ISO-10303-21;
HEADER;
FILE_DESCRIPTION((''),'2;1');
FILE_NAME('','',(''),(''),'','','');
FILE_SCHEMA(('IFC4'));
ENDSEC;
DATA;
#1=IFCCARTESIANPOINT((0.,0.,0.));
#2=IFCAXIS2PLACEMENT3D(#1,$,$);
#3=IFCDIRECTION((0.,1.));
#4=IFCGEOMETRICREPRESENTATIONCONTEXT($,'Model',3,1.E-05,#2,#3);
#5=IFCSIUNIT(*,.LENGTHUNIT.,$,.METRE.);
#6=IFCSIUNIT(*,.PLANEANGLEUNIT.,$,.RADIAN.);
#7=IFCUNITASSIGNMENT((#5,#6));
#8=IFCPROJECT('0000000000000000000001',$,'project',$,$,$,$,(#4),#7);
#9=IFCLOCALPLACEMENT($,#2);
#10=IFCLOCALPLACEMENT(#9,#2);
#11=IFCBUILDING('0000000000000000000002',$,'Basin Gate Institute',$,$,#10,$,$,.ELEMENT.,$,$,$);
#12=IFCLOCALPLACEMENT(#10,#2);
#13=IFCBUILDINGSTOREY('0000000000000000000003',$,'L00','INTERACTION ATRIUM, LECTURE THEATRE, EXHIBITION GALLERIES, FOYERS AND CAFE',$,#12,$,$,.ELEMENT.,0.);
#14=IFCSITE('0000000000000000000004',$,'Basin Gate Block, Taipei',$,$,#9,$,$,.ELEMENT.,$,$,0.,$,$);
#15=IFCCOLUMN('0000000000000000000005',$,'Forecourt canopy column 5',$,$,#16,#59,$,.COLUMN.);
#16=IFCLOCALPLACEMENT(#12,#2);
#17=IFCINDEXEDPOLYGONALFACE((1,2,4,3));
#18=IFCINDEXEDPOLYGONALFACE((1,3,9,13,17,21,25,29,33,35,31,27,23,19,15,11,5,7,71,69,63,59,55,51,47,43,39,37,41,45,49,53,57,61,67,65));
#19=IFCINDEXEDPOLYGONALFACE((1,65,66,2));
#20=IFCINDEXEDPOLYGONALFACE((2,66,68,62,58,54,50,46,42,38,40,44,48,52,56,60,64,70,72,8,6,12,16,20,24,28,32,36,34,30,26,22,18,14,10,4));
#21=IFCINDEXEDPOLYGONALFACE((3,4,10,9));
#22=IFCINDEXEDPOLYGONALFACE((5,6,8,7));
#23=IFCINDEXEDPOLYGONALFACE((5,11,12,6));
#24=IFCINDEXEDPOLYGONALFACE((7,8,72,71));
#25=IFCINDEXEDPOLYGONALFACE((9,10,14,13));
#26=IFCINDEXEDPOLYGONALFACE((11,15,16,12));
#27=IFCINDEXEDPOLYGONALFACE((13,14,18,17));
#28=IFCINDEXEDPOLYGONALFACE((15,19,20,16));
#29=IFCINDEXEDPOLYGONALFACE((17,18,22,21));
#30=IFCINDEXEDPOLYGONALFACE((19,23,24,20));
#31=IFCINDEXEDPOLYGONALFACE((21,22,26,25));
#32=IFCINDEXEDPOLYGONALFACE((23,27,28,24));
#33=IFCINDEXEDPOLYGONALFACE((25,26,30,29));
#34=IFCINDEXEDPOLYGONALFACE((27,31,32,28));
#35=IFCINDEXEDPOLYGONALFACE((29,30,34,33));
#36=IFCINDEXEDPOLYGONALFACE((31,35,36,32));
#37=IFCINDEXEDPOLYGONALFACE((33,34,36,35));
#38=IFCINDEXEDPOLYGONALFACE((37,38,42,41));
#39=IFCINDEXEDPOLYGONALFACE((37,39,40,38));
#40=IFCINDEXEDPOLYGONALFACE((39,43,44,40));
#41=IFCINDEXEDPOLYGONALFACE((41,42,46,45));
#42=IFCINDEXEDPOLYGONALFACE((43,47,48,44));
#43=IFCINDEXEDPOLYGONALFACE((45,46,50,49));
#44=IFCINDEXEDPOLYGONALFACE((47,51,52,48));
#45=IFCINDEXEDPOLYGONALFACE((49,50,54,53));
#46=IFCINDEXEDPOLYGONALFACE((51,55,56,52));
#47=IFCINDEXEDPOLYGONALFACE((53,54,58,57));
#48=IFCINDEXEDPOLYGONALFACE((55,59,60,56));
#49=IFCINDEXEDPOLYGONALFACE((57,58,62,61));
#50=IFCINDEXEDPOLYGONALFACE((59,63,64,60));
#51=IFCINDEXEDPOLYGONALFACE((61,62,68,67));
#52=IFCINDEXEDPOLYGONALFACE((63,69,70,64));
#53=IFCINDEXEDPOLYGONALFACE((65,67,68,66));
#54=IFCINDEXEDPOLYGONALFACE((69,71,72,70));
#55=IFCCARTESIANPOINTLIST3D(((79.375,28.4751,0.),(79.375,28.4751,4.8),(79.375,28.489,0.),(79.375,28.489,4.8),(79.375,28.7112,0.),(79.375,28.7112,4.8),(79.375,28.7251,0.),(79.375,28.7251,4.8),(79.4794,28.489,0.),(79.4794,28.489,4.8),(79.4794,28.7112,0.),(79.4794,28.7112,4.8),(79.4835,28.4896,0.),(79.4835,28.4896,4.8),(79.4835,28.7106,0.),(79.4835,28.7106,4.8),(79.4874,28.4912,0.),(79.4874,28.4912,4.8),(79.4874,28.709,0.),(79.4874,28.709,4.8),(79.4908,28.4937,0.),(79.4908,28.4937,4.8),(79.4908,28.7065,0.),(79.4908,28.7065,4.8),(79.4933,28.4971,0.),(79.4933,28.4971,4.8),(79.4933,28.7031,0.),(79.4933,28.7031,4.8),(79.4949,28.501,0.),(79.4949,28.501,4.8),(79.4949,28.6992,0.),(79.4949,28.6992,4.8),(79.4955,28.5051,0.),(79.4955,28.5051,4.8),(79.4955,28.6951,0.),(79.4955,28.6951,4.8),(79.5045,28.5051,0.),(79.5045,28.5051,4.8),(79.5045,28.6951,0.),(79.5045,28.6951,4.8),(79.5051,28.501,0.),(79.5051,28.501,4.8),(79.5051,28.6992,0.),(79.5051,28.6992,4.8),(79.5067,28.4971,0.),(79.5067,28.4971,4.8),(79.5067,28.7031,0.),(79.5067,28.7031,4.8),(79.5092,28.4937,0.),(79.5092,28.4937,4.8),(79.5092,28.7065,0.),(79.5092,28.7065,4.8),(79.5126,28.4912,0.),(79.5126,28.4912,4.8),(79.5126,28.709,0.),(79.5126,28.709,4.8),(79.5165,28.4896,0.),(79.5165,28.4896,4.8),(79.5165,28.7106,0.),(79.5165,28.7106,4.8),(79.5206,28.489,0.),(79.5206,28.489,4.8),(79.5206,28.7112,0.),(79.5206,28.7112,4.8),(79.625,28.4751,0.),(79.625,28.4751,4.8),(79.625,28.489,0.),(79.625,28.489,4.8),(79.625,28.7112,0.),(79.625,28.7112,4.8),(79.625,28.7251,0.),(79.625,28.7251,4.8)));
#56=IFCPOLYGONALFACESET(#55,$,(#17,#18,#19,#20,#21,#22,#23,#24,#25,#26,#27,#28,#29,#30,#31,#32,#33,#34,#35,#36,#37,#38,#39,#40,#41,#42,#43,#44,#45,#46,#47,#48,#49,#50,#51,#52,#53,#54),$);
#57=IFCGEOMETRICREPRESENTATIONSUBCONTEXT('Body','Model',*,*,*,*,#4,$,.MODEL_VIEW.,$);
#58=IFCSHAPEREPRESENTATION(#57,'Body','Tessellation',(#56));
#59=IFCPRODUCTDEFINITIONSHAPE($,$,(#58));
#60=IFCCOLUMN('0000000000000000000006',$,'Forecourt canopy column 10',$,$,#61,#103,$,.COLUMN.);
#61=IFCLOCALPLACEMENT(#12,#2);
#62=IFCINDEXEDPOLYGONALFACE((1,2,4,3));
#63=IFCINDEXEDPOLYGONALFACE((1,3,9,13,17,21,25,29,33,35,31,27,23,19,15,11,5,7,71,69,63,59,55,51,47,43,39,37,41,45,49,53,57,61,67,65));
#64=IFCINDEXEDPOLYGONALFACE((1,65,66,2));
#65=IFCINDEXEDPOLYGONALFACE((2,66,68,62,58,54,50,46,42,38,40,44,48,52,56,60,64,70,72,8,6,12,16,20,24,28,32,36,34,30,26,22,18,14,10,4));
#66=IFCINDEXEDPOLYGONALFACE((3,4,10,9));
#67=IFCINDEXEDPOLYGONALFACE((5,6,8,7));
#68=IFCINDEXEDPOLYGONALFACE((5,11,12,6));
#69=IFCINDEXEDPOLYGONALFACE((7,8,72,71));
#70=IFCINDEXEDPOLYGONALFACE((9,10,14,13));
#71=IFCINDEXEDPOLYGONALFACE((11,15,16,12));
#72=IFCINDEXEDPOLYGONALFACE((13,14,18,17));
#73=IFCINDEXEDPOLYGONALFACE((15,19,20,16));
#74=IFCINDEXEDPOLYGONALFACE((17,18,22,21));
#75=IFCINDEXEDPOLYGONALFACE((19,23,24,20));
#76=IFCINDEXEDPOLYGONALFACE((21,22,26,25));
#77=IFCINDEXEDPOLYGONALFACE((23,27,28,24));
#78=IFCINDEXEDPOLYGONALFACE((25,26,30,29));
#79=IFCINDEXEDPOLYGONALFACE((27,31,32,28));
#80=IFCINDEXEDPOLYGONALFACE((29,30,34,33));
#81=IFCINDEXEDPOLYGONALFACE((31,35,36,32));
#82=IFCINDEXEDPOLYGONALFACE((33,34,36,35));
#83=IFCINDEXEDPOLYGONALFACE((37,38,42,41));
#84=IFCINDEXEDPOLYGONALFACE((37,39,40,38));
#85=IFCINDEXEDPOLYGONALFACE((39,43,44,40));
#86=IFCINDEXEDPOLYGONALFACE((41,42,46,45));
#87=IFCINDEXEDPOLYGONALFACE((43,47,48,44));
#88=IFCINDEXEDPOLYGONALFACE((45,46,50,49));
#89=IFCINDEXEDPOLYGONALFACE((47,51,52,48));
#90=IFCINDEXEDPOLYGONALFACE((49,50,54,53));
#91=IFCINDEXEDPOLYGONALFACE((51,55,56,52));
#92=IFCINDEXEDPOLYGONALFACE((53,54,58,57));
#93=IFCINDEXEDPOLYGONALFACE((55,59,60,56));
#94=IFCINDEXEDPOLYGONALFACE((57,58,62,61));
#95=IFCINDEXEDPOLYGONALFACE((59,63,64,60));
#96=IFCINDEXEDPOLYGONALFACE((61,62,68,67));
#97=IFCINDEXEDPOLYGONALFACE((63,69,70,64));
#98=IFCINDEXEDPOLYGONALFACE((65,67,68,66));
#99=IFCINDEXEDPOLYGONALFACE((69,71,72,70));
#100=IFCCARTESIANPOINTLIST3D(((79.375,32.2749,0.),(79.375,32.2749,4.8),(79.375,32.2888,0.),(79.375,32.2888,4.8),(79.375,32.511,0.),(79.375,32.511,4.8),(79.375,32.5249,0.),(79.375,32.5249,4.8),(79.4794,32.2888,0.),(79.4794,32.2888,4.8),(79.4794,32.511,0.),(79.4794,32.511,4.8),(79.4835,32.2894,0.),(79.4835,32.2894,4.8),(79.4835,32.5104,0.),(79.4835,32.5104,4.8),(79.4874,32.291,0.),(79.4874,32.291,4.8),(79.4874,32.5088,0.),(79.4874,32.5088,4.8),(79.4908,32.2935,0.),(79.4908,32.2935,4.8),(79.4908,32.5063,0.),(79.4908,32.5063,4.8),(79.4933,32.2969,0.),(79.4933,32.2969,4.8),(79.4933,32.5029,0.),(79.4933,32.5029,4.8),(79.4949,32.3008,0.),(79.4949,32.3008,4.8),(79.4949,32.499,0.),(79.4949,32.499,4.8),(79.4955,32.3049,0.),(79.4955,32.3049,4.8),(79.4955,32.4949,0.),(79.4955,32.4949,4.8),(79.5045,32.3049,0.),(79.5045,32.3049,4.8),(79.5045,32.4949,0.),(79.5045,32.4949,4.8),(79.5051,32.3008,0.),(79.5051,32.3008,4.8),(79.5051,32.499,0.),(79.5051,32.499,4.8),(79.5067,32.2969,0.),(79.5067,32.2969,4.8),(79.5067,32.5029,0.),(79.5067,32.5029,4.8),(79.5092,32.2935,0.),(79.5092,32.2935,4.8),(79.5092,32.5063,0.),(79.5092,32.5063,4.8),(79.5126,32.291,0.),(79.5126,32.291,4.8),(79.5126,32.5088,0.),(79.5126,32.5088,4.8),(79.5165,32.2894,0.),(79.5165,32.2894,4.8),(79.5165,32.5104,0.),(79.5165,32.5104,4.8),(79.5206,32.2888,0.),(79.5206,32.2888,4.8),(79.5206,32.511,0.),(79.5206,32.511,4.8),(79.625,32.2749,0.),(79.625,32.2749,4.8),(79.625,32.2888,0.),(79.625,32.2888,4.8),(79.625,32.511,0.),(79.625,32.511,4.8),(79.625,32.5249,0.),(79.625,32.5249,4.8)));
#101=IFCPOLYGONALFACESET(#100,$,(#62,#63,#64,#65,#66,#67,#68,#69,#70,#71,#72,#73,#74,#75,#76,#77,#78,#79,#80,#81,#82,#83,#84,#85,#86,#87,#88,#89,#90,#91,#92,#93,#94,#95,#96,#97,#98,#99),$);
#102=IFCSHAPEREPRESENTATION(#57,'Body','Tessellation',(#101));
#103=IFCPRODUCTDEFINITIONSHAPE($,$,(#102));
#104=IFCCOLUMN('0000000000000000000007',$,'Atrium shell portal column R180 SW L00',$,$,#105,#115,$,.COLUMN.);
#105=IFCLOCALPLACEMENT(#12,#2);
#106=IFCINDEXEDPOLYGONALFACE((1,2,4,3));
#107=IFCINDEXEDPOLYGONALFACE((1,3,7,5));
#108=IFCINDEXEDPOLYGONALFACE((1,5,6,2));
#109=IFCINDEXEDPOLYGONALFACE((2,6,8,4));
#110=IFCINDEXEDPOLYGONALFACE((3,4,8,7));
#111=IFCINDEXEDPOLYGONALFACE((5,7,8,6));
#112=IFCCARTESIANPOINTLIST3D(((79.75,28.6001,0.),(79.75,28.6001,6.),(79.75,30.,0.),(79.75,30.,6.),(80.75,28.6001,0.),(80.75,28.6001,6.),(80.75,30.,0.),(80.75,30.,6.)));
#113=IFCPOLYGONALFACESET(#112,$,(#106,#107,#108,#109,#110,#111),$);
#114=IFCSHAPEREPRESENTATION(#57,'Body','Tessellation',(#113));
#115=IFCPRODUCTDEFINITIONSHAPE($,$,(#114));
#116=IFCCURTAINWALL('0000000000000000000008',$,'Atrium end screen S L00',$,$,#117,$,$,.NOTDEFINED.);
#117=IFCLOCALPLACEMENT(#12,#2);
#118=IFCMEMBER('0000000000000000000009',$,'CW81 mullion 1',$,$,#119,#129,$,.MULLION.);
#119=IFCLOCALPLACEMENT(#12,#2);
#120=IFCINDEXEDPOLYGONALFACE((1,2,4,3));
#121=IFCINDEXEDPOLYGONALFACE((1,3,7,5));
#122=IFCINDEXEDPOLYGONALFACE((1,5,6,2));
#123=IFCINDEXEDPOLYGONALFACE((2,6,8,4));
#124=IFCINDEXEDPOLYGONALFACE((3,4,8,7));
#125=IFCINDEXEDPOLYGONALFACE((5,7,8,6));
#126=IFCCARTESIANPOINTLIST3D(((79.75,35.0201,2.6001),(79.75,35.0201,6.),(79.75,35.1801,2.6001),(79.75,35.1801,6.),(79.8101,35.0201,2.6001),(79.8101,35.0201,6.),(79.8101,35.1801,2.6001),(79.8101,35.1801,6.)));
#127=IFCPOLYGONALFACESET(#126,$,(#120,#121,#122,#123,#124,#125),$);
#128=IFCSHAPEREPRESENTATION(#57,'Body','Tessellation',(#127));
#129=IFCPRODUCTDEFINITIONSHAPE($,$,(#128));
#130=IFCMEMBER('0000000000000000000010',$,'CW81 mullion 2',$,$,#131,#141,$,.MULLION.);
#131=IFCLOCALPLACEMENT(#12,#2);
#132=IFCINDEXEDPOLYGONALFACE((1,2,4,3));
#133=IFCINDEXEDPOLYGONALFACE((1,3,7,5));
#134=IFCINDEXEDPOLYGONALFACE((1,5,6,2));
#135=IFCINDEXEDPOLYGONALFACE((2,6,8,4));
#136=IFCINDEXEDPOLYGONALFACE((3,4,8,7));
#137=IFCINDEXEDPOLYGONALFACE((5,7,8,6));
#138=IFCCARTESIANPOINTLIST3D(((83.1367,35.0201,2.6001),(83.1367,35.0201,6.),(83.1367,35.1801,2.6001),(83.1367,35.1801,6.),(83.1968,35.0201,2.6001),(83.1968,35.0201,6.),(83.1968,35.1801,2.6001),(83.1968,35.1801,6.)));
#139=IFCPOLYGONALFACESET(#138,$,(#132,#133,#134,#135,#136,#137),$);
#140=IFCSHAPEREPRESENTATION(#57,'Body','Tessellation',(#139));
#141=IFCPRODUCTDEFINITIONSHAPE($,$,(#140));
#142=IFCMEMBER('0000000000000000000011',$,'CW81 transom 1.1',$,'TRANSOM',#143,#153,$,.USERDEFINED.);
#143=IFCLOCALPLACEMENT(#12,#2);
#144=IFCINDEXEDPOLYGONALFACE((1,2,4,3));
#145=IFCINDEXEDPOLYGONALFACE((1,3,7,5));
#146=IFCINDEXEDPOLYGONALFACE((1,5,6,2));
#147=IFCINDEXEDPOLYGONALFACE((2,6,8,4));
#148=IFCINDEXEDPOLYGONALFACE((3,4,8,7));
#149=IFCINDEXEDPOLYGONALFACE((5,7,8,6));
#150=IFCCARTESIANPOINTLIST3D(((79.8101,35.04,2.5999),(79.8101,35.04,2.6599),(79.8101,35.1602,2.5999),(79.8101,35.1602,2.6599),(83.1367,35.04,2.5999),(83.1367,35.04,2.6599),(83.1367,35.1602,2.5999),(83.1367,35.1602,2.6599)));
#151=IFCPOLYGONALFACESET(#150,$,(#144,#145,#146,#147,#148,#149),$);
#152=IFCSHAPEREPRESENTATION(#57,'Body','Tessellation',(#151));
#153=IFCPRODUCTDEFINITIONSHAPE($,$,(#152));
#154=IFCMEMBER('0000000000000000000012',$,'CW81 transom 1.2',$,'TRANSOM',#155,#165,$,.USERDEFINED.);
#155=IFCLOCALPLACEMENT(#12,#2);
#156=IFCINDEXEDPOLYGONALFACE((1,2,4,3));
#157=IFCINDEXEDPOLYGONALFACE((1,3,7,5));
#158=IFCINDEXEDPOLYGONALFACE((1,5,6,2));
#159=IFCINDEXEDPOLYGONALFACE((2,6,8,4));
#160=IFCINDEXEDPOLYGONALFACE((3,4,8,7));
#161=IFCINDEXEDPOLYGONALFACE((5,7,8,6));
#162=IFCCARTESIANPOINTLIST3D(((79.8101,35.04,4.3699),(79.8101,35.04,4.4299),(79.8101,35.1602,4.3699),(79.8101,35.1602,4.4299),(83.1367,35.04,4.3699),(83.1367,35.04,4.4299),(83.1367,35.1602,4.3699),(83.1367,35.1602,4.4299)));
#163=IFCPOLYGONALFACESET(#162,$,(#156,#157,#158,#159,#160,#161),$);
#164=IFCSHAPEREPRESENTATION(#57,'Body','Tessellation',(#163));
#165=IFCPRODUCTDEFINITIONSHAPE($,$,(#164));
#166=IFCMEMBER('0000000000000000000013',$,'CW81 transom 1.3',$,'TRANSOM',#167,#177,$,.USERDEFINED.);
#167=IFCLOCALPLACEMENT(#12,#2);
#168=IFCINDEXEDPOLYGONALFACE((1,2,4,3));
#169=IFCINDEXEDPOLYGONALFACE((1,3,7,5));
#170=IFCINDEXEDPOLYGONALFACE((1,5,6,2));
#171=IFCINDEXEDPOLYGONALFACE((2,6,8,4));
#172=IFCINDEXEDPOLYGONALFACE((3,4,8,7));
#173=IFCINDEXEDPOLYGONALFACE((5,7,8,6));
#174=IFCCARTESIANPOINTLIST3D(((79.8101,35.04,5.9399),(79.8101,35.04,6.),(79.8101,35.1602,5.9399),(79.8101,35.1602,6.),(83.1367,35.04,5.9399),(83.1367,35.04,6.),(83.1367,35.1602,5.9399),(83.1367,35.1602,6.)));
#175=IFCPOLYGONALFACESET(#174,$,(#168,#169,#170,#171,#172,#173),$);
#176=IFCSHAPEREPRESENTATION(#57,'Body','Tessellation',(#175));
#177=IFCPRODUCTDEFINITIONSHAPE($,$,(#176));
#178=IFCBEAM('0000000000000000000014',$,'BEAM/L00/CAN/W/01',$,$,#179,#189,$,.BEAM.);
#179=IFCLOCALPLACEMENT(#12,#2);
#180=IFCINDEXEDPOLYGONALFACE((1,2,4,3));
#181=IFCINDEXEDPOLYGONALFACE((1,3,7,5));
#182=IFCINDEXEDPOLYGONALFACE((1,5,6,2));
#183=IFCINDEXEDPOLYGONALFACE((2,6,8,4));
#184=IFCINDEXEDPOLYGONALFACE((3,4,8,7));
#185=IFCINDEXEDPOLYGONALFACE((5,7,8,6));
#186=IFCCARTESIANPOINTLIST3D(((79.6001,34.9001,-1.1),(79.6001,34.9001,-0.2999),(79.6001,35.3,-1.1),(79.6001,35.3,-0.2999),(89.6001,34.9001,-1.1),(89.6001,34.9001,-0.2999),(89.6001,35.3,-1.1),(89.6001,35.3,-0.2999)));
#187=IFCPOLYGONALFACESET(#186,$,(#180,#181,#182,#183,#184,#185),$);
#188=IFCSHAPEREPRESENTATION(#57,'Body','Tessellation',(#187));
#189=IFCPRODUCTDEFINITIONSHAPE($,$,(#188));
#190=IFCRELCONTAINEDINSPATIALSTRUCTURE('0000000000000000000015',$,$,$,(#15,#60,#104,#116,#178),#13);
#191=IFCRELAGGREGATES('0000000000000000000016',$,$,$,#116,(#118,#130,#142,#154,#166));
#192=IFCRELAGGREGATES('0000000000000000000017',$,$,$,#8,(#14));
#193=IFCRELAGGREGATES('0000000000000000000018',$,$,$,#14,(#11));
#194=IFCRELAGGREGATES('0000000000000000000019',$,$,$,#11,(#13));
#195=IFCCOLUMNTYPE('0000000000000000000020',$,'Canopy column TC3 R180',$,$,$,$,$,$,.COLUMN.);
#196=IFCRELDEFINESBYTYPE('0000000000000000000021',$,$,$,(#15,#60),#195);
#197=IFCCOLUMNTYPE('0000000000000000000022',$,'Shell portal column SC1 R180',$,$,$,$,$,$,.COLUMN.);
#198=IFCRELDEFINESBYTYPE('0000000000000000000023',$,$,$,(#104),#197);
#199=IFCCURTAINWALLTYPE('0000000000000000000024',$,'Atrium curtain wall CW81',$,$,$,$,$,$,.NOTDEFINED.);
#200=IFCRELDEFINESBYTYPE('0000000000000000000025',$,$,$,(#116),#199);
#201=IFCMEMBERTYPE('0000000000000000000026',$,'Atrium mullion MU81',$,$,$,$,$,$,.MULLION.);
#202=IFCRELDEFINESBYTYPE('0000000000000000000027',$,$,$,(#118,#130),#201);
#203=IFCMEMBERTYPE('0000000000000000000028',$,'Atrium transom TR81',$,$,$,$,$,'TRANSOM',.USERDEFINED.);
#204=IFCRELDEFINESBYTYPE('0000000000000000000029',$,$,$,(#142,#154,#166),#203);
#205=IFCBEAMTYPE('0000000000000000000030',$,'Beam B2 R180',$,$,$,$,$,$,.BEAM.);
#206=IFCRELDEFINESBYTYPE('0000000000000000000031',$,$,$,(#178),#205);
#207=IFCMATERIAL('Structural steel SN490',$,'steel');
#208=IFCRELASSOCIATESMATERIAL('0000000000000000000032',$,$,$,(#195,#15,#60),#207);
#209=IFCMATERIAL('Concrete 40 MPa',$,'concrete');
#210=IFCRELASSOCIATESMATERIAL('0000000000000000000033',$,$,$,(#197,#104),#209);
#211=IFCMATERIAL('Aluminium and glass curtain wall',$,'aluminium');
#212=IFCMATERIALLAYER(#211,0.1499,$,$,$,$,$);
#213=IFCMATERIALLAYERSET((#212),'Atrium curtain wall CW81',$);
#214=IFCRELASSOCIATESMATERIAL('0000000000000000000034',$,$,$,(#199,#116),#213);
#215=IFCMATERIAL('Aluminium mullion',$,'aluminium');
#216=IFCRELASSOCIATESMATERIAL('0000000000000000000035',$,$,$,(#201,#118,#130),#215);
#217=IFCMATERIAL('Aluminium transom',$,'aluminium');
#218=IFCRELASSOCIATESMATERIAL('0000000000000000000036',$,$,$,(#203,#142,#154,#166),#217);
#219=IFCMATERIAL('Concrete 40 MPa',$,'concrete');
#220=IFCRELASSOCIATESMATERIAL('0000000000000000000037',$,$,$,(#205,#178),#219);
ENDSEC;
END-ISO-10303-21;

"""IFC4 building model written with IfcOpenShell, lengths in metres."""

from ifc_helpers import new_model, si_unit, direction, frame, origin, origin_2d, place, context, subcontext, project, spatial, rectangle, i_section, extrude, material, layer, layer_set, material_profile, profile_set, type_object, element, aggregate, save


model = new_model("IFC4")

# Units and contexts
model_context = context("Model", 3, precision=1e-05, world=origin(), true_north=direction((0.0, 1.0)))
body_context = subcontext(model_context, "Body", "Model", "MODEL_VIEW")
ifc_project = project(units=[si_unit("LENGTHUNIT", "METRE"), si_unit("PLANEANGLEUNIT", "RADIAN")], contexts=[model_context])

# Site, building, storey
site_placement = place(None, origin())
site = spatial("IfcSite", under=ifc_project, at=site_placement, Name="Basin Gate Block, Taipei", CompositionType="ELEMENT", RefElevation=0.0)
building_placement = place(site_placement, origin())
building = spatial("IfcBuilding", under=site, at=building_placement, Name="Basin Gate Institute", CompositionType="ELEMENT")
storey_placement = place(building_placement, origin())
storey = spatial("IfcBuildingStorey", under=building, at=storey_placement, Name="L00", Description="INTERACTION ATRIUM, LECTURE THEATRE, EXHIBITION GALLERIES, FOYERS AND CAFE", CompositionType="ELEMENT", Elevation=0.0)

# Columns
ifc_material_1 = material(Name="Structural steel SN490", Category="steel")
ifc_material_profile_1 = material_profile(ifc_material_1, i_section(OverallWidth=0.25, OverallDepth=0.25, WebThickness=0.009, FlangeThickness=0.0139, FilletRadius=0.0161, at=origin_2d()), Name="H250x250")
ifc_profile_set_1 = profile_set([ifc_material_profile_1], Name="Structural steel SN490")
column_type_1 = type_object("IfcColumnType", Name="Canopy column TC3 R180", PredefinedType="COLUMN", material=ifc_profile_set_1)
for number, where, z_axis, x_axis, name in (
    (1, (79.5, 28.6001, 0.0), (0.0, 0.0, 1.0), (1.0, 0.0, 0.0), "Forecourt canopy column 5"),
    (2, (79.5, 32.3999, 0.0), (0.0, 0.0, 1.0), (1.0, 0.0, 0.0), "Forecourt canopy column 10"),
):
    element("IfcColumn", number, at=place(storey_placement, frame(where, z_axis=z_axis, x_axis=x_axis)), inside=storey, type_object=column_type_1, material=ifc_profile_set_1, Name=name, PredefinedType="COLUMN", context=body_context, shape_type="SweptSolid", body=[
        extrude(i_section(OverallWidth=0.25, OverallDepth=0.25, WebThickness=0.009, FlangeThickness=0.0139, FilletRadius=0.0161, at=origin_2d()), origin(), (0.0, 0.0, 1.0), 4.8),
    ])
ifc_material_2 = material(Name="Concrete 40 MPa", Category="concrete")
ifc_material_profile_2 = material_profile(ifc_material_2, rectangle(XDim=1.0, YDim=1.3999, at=origin_2d()), Name="Shell portal column SC1 1000 x 1400")
ifc_profile_set_2 = profile_set([ifc_material_profile_2], Name="Concrete 40 MPa")
column_type_2 = type_object("IfcColumnType", Name="Shell portal column SC1 R180", PredefinedType="COLUMN", material=ifc_profile_set_2)
column_placement = place(storey_placement, frame((80.25, 29.3, 0.0), z_axis=(0.0, 0.0, 1.0), x_axis=(1.0, 0.0, 0.0)))
element("IfcColumn", 3, at=column_placement, inside=storey, type_object=column_type_2, material=ifc_profile_set_2, Name="Atrium shell portal column R180 SW L00", PredefinedType="COLUMN", context=body_context, shape_type="SweptSolid", body=[
    extrude(rectangle(XDim=1.0, YDim=1.3999, at=origin_2d()), origin(), (0.0, 0.0, 1.0), 6.0),
])

# Curtain wall, members
ifc_material_3 = material(Name="Aluminium and glass curtain wall", Category="aluminium")
ifc_layer_1 = layer(ifc_material_3, 0.1499)
ifc_layer_set_1 = layer_set([ifc_layer_1], Name="Atrium curtain wall CW81")
curtain_wall_type = type_object("IfcCurtainWallType", Name="Atrium curtain wall CW81", PredefinedType="NOTDEFINED", material=ifc_layer_set_1)
curtain_wall_placement = place(storey_placement, origin())
curtain_wall = element("IfcCurtainWall", 4, at=curtain_wall_placement, inside=storey, type_object=curtain_wall_type, material=ifc_layer_set_1, Name="Atrium end screen S L00", PredefinedType="NOTDEFINED")
ifc_material_4 = material(Name="Aluminium mullion", Category="aluminium")
ifc_material_profile_3 = material_profile(ifc_material_4, rectangle(XDim=0.1599, YDim=0.0601, at=origin_2d()), Name="Atrium mullion MU81 160 x 60")
ifc_profile_set_3 = profile_set([ifc_material_profile_3], Name="Aluminium mullion")
member_type_1 = type_object("IfcMemberType", Name="Atrium mullion MU81", PredefinedType="MULLION", material=ifc_profile_set_3)
member_1_placement = place(storey_placement, frame((79.78, 35.1001, 2.6001), z_axis=(0.0, 0.0, 1.0), x_axis=(0.0, 1.0, 0.0)))
member_1 = element("IfcMember", 5, at=member_1_placement, type_object=member_type_1, material=ifc_profile_set_3, Name="CW81 mullion 1", PredefinedType="MULLION", context=body_context, shape_type="SweptSolid", body=[
    extrude(rectangle(XDim=0.1599, YDim=0.0601, at=origin_2d()), origin(), (0.0, 0.0, 1.0), 3.3999),
])
member_2_placement = place(storey_placement, frame((83.1667, 35.1001, 2.6001), z_axis=(0.0, 0.0, 1.0), x_axis=(0.0, 1.0, 0.0)))
member_2 = element("IfcMember", 6, at=member_2_placement, type_object=member_type_1, material=ifc_profile_set_3, Name="CW81 mullion 2", PredefinedType="MULLION", context=body_context, shape_type="SweptSolid", body=[
    extrude(rectangle(XDim=0.1599, YDim=0.0601, at=origin_2d()), origin(), (0.0, 0.0, 1.0), 3.3999),
])
ifc_material_5 = material(Name="Aluminium transom", Category="aluminium")
ifc_material_profile_4 = material_profile(ifc_material_5, rectangle(XDim=0.1201, YDim=0.0601, at=origin_2d()), Name="Atrium transom TR81 120 x 60")
ifc_profile_set_4 = profile_set([ifc_material_profile_4], Name="Aluminium transom")
member_type_2 = type_object("IfcMemberType", Name="Atrium transom TR81", ElementType="TRANSOM", PredefinedType="USERDEFINED", material=ifc_profile_set_4)
member_3_placement = place(storey_placement, frame((79.8101, 35.1001, 2.6299), z_axis=(1.0, 0.0, 0.0), x_axis=(0.0, 1.0, 0.0)))
member_3 = element("IfcMember", 7, at=member_3_placement, type_object=member_type_2, material=ifc_profile_set_4, Name="CW81 transom 1.1", ObjectType="TRANSOM", PredefinedType="USERDEFINED", context=body_context, shape_type="SweptSolid", body=[
    extrude(rectangle(XDim=0.1201, YDim=0.0601, at=origin_2d()), origin(), (0.0, 0.0, 1.0), 3.3267),
])
member_4_placement = place(storey_placement, frame((79.8101, 35.1001, 4.3999), z_axis=(1.0, 0.0, 0.0), x_axis=(0.0, 1.0, 0.0)))
member_4 = element("IfcMember", 8, at=member_4_placement, type_object=member_type_2, material=ifc_profile_set_4, Name="CW81 transom 1.2", ObjectType="TRANSOM", PredefinedType="USERDEFINED", context=body_context, shape_type="SweptSolid", body=[
    extrude(rectangle(XDim=0.1201, YDim=0.0601, at=origin_2d()), origin(), (0.0, 0.0, 1.0), 3.3267),
])
member_5_placement = place(storey_placement, frame((79.8101, 35.1001, 5.97), z_axis=(1.0, 0.0, 0.0), x_axis=(0.0, 1.0, 0.0)))
member_5 = element("IfcMember", 9, at=member_5_placement, type_object=member_type_2, material=ifc_profile_set_4, Name="CW81 transom 1.3", ObjectType="TRANSOM", PredefinedType="USERDEFINED", context=body_context, shape_type="SweptSolid", body=[
    extrude(rectangle(XDim=0.1201, YDim=0.0601, at=origin_2d()), origin(), (0.0, 0.0, 1.0), 3.3267),
])

# Beam
ifc_material_6 = material(Name="Concrete 40 MPa", Category="concrete")
ifc_material_profile_5 = material_profile(ifc_material_6, rectangle(XDim=0.3999, YDim=0.8, at=origin_2d()), Name="Beam B2 400 x 800")
ifc_profile_set_5 = profile_set([ifc_material_profile_5], Name="Concrete 40 MPa")
beam_type = type_object("IfcBeamType", Name="Beam B2 R180", PredefinedType="BEAM", material=ifc_profile_set_5)
beam_placement = place(storey_placement, frame((79.6001, 35.1001, -0.7), z_axis=(1.0, 0.0, 0.0), x_axis=(0.0, 1.0, 0.0)))
element("IfcBeam", 10, at=beam_placement, inside=storey, type_object=beam_type, material=ifc_profile_set_5, Name="BEAM/L00/CAN/W/01", PredefinedType="BEAM", context=body_context, shape_type="SweptSolid", body=[
    extrude(rectangle(XDim=0.3999, YDim=0.8, at=origin_2d()), origin(), (0.0, 0.0, 1.0), 10.0),
])

aggregate(curtain_wall, [member_1, member_2, member_3, member_4, member_5])

save(model, "model.ifc")
